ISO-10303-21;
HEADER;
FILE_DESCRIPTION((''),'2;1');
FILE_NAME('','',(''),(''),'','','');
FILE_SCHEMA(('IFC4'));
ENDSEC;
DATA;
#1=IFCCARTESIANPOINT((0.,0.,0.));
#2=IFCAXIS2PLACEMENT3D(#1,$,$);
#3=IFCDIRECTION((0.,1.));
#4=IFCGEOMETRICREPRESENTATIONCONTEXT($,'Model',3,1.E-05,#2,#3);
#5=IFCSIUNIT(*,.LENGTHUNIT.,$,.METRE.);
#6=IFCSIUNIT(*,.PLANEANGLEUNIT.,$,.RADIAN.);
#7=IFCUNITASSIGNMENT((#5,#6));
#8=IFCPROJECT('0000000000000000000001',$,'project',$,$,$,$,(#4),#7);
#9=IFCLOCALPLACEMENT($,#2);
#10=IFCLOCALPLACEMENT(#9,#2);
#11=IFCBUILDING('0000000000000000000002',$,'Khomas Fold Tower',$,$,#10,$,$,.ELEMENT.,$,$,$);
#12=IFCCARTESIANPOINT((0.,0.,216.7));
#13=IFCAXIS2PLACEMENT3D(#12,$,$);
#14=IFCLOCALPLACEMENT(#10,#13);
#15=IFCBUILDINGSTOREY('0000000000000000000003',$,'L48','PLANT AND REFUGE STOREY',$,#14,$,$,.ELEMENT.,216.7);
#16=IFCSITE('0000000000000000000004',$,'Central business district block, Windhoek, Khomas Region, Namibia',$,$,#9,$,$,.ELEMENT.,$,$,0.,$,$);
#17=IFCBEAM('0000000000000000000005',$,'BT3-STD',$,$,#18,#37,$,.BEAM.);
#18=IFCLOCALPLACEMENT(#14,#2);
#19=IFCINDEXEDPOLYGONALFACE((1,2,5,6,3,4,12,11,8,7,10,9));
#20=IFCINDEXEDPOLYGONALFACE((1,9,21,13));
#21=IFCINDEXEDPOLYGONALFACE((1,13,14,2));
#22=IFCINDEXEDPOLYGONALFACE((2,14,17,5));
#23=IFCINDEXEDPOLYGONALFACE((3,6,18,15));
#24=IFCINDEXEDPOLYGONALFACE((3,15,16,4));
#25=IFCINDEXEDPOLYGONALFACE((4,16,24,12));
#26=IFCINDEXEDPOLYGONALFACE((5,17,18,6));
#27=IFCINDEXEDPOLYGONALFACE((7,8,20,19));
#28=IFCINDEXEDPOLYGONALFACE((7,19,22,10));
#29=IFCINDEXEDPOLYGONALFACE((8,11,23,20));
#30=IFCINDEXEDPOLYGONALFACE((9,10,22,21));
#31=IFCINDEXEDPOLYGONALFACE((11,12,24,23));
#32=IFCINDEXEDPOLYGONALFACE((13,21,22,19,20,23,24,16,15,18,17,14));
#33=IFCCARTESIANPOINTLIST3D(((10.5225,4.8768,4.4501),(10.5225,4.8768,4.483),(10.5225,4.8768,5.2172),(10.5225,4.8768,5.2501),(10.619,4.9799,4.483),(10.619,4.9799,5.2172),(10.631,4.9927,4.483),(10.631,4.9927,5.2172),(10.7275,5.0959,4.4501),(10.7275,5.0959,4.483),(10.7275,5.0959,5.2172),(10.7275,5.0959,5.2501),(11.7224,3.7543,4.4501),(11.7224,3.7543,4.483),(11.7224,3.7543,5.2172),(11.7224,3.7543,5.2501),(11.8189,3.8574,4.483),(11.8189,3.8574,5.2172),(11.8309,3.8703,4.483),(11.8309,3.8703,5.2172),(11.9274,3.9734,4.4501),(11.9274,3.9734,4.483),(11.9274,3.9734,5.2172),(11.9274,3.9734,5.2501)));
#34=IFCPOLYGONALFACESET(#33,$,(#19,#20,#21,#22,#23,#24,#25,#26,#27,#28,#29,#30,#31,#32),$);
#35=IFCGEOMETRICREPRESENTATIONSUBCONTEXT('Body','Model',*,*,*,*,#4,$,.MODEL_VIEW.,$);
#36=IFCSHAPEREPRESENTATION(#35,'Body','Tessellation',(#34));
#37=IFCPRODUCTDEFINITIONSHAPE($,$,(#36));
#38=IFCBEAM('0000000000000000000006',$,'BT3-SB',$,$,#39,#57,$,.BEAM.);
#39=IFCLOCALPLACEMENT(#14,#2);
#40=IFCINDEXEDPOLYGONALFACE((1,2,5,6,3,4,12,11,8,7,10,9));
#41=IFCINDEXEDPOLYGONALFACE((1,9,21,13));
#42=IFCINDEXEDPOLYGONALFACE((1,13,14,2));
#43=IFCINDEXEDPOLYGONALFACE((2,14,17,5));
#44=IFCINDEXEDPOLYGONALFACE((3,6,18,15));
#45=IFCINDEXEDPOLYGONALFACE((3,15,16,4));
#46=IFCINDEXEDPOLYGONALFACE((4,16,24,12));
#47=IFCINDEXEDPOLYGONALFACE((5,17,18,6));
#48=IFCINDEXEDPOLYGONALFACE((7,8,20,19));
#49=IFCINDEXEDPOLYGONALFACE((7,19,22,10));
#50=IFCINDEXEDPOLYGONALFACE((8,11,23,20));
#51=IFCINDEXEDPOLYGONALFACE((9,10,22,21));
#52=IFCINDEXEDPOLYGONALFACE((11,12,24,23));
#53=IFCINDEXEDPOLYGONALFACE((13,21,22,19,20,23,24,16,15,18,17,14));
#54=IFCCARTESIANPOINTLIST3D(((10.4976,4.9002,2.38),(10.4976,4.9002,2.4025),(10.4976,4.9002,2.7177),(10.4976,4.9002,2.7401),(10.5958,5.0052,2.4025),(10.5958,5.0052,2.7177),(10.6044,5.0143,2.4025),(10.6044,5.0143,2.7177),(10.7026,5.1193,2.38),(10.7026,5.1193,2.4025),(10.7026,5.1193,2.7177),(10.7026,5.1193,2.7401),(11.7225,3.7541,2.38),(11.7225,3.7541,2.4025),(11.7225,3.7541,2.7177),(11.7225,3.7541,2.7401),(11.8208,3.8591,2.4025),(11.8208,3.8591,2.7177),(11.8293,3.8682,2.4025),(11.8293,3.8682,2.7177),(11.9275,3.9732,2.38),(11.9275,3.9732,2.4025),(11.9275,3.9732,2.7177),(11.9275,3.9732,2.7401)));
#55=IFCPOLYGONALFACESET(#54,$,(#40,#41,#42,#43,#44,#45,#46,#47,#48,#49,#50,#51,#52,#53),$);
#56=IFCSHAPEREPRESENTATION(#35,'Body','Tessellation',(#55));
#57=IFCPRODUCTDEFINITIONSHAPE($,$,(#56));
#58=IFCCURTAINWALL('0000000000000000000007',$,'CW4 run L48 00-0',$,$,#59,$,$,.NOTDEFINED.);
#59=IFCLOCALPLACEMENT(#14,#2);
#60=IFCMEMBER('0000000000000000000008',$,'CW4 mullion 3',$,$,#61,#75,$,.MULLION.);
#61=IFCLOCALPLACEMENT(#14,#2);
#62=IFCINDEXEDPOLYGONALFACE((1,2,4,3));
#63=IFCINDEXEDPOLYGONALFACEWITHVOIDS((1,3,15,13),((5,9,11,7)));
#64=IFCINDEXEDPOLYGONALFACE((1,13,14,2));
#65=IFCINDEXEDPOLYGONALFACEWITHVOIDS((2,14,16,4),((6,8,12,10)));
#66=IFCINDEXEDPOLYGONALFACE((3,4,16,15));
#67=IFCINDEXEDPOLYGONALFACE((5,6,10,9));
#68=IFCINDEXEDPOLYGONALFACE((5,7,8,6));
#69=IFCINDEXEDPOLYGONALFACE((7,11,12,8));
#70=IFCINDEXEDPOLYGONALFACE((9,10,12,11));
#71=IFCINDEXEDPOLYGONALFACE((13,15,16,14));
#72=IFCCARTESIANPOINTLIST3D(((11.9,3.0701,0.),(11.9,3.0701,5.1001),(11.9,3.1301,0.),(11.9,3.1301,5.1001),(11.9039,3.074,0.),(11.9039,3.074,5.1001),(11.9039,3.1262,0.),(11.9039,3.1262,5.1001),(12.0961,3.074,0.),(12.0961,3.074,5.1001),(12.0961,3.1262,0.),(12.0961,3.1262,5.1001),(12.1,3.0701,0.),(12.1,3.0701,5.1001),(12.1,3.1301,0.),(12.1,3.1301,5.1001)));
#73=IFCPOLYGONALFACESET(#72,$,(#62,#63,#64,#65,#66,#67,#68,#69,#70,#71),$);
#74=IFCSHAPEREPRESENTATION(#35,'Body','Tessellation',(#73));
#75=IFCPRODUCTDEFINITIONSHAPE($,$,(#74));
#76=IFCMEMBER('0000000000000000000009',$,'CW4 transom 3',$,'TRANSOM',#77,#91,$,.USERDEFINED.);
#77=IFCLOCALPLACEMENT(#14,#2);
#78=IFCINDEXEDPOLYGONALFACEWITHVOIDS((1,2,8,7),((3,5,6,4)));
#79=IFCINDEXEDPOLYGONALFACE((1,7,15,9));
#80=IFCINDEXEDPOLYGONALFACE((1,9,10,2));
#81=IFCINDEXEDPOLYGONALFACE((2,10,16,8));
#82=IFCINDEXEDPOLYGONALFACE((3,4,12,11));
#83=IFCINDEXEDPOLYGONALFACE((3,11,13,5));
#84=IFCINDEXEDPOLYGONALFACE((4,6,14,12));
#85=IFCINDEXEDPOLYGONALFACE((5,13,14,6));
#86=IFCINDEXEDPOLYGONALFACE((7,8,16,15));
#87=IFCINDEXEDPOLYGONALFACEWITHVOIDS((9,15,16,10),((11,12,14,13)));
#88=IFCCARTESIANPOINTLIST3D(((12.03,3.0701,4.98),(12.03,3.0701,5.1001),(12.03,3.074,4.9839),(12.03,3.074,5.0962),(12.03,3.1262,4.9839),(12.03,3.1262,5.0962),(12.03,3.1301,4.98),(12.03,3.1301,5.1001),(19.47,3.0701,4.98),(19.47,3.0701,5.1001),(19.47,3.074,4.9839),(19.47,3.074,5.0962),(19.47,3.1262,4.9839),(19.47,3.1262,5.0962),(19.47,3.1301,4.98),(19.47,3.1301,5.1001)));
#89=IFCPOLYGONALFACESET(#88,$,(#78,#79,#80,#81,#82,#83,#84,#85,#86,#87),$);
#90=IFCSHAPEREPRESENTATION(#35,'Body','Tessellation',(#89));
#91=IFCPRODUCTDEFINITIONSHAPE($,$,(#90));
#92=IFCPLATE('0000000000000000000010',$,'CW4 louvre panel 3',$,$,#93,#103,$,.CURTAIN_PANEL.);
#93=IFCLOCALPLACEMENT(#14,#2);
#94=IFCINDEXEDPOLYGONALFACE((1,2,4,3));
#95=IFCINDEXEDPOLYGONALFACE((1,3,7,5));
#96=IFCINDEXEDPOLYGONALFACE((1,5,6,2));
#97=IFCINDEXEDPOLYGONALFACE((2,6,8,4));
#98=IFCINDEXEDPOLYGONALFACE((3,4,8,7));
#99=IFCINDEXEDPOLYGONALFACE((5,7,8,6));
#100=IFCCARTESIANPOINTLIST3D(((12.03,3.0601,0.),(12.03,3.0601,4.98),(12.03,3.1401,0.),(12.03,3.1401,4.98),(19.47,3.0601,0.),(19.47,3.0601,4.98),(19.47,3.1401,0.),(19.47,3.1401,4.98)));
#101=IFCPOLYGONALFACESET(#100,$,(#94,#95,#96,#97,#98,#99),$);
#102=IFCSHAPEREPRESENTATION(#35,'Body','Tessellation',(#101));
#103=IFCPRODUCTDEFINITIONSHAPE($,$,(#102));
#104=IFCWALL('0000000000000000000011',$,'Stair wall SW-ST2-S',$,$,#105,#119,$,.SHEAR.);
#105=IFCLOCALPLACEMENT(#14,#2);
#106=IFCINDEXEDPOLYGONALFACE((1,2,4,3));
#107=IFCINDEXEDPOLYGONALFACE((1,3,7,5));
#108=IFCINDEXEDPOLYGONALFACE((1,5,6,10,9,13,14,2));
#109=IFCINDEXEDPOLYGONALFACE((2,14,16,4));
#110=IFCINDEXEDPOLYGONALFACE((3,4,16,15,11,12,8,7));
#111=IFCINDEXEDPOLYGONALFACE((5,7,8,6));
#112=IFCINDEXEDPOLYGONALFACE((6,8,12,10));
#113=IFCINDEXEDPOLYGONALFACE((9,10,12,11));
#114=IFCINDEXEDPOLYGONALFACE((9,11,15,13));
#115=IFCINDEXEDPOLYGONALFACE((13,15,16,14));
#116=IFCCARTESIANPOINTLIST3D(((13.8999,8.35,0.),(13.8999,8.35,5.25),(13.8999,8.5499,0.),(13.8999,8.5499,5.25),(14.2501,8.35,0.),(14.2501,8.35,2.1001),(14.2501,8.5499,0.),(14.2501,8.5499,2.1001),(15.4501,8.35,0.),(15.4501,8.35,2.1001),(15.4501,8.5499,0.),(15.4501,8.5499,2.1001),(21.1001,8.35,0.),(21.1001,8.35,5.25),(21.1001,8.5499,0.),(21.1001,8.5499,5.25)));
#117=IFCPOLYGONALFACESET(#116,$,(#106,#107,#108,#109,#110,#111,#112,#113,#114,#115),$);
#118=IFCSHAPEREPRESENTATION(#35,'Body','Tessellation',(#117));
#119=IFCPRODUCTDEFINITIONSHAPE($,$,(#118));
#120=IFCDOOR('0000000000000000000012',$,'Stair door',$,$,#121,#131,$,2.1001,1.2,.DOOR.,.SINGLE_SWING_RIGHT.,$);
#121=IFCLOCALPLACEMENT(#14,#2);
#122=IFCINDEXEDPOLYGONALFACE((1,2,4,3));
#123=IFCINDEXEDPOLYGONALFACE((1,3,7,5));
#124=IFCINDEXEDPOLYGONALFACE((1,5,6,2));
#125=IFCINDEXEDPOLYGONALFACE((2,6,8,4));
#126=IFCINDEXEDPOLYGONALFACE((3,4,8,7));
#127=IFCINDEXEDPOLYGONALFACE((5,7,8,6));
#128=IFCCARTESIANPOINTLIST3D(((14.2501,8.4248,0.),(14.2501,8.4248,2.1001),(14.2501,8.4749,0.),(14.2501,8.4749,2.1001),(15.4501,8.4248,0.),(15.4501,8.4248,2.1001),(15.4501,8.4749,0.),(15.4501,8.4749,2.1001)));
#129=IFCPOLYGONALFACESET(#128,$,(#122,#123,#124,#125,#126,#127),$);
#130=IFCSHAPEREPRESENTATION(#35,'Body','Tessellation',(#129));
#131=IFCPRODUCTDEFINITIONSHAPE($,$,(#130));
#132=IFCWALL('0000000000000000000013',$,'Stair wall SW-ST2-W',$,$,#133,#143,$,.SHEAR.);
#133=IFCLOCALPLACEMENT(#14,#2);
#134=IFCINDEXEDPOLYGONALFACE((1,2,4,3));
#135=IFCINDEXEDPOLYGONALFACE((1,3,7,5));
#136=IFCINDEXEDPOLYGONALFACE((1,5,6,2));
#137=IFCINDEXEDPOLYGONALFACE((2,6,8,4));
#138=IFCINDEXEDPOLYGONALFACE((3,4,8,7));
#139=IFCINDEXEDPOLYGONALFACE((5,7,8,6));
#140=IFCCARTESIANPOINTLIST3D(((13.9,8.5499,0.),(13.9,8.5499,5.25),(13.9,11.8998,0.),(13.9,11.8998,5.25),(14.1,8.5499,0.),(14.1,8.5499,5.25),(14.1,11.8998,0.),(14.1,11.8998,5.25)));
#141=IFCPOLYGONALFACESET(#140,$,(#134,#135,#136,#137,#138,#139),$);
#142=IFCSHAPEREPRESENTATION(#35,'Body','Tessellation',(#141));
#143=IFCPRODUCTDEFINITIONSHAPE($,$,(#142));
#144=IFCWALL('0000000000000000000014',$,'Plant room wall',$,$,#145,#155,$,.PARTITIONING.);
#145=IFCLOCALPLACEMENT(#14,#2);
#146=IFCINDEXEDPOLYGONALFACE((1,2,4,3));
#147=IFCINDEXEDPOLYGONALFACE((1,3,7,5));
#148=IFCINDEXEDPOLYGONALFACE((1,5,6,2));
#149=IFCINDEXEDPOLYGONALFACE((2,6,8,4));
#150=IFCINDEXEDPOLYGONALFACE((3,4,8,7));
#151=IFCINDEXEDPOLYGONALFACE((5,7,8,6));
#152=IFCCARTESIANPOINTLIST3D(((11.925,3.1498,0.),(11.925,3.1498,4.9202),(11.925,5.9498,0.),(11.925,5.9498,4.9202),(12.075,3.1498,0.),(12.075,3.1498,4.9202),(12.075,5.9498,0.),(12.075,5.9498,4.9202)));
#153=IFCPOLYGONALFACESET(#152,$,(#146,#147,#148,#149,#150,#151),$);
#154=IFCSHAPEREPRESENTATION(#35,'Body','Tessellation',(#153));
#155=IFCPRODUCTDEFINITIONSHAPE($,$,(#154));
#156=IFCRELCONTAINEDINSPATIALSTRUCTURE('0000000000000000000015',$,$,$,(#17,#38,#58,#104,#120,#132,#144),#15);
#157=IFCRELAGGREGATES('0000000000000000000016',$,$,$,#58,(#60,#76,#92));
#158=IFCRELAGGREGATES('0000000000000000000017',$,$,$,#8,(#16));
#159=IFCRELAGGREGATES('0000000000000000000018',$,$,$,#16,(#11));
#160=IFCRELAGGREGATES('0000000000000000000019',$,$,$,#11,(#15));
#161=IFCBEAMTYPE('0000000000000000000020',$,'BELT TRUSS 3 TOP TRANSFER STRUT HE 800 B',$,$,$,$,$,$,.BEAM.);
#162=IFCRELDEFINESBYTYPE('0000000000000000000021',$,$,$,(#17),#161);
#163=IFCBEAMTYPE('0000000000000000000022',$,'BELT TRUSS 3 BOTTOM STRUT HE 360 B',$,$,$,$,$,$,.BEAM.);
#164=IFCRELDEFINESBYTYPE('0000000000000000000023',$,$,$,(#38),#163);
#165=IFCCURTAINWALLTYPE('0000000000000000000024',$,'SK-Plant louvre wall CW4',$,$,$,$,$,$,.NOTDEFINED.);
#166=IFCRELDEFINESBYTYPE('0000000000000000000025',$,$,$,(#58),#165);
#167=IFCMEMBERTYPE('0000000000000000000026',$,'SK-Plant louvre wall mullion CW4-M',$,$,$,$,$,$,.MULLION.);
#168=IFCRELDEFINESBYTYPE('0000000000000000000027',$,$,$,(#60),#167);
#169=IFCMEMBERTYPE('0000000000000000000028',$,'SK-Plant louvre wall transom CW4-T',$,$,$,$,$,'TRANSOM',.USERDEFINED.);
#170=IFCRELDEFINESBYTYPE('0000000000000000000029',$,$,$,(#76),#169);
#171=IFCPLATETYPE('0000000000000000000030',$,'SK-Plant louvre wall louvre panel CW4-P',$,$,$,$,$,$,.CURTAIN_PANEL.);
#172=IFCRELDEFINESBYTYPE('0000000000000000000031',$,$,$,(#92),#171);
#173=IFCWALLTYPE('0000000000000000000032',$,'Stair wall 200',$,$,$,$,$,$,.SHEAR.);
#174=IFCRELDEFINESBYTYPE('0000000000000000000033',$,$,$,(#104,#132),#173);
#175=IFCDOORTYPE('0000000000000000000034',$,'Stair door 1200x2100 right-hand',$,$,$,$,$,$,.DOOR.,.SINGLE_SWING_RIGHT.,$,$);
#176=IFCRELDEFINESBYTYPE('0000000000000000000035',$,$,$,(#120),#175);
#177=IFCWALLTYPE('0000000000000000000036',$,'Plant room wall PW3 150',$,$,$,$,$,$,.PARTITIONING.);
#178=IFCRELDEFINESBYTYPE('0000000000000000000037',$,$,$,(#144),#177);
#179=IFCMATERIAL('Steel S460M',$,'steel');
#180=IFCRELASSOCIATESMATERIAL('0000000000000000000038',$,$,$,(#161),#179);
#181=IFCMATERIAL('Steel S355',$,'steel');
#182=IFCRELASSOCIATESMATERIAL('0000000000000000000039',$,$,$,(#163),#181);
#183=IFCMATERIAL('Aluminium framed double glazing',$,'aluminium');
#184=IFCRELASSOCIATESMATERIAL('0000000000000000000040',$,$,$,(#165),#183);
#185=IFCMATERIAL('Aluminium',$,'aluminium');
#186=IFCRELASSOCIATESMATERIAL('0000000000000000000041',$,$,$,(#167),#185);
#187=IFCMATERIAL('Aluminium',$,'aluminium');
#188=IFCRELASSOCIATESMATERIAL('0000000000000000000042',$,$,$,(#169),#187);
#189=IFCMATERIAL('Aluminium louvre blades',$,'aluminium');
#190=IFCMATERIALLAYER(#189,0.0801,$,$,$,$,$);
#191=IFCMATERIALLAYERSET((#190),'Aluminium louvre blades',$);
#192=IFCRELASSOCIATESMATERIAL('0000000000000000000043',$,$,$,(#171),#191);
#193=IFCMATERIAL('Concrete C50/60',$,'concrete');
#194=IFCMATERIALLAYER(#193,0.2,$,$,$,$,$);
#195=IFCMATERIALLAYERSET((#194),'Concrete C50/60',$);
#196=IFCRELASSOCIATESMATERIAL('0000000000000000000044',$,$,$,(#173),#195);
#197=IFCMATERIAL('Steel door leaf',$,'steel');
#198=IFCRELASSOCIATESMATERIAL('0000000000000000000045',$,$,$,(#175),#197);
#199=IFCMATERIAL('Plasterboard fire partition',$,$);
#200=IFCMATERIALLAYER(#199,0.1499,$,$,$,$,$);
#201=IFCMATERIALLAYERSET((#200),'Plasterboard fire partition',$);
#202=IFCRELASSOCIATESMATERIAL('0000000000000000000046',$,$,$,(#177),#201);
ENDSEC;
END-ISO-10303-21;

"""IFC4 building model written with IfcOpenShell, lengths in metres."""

from ifc_helpers import new_model, si_unit, direction, frame, frame_2d, origin, origin_2d, place, context, subcontext, project, spatial, rectangle, hollow_rectangle, i_section, extrude, source, transform, mapped, material, layer, layer_set, material_profile, profile_set, type_object, element, fill, aggregate, save


model = new_model("IFC4")

# Units and contexts
model_context = context("Model", 3, precision=1e-05, world=origin(), true_north=direction((0.0, 1.0)))
body_context = subcontext(model_context, "Body", "Model", "MODEL_VIEW")
ifc_project = project(units=[si_unit("LENGTHUNIT", "METRE"), si_unit("PLANEANGLEUNIT", "RADIAN")], contexts=[model_context])

# Site, building, storey
site_placement = place(None, origin())
site = spatial("IfcSite", under=ifc_project, at=site_placement, Name="Central business district block, Windhoek, Khomas Region, Namibia", CompositionType="ELEMENT", RefElevation=0.0)
building_placement = place(site_placement, origin())
building = spatial("IfcBuilding", under=site, at=building_placement, Name="Khomas Fold Tower", CompositionType="ELEMENT")
storey_placement = place(building_placement, frame((0.0, 0.0, 216.7)))
storey = spatial("IfcBuildingStorey", under=building, at=storey_placement, Name="L48", Description="PLANT AND REFUGE STOREY", CompositionType="ELEMENT", Elevation=216.7)

# Beams
ifc_material_1 = material(Name="Steel S460M", Category="steel")
ifc_material_profile_1 = material_profile(ifc_material_1, i_section(OverallWidth=0.3, OverallDepth=0.8, WebThickness=0.0176, FlangeThickness=0.033, at=origin_2d()), Name="HE 800 B")
ifc_profile_set_1 = profile_set([ifc_material_profile_1], Name="Steel S460M")
beam_type_1 = type_object("IfcBeamType", Name="BELT TRUSS 3 TOP TRANSFER STRUT HE 800 B", PredefinedType="BEAM", material=ifc_profile_set_1)
shared_shape_1 = source(origin(), body_context, "Body", "SweptSolid", [
    extrude(i_section(OverallWidth=0.3, OverallDepth=0.8, WebThickness=0.0176, FlangeThickness=0.033, at=origin_2d()), origin(), (0.0, 0.0, 1.0), 1.6431),
])
beam_1_placement = place(storey_placement, frame((10.625, 4.9863, 4.8501), z_axis=(0.730264, -0.683165, 0.0), x_axis=(0.683165, 0.730264, 0.0)))
element("IfcBeam", 1, at=beam_1_placement, inside=storey, type_object=beam_type_1, Name="BT3-STD", PredefinedType="BEAM", context=body_context, shape_type="MappedRepresentation", body=[
    mapped(shared_shape_1, transform((0.0, 0.0, 0.0))),
])
ifc_material_2 = material(Name="Steel S355", Category="steel")
ifc_material_profile_2 = material_profile(ifc_material_2, i_section(OverallWidth=0.3, OverallDepth=0.3601, WebThickness=0.0125, FlangeThickness=0.0225, at=origin_2d()), Name="HE 360 B")
ifc_profile_set_2 = profile_set([ifc_material_profile_2], Name="Steel S355")
beam_type_2 = type_object("IfcBeamType", Name="BELT TRUSS 3 BOTTOM STRUT HE 360 B", PredefinedType="BEAM", material=ifc_profile_set_2)
shared_shape_2 = source(origin(), body_context, "Body", "SweptSolid", [
    extrude(i_section(OverallWidth=0.3, OverallDepth=0.3601, WebThickness=0.0125, FlangeThickness=0.0225, at=origin_2d()), origin(), (0.0, 0.0, 1.0), 1.6775),
])
beam_2_placement = place(storey_placement, frame((10.6001, 5.0098, 2.5601), z_axis=(0.730222, -0.68321, 0.0), x_axis=(0.68321, 0.730222, 0.0)))
element("IfcBeam", 2, at=beam_2_placement, inside=storey, type_object=beam_type_2, Name="BT3-SB", PredefinedType="BEAM", context=body_context, shape_type="MappedRepresentation", body=[
    mapped(shared_shape_2, transform((0.0, 0.0, 0.0))),
])

# Curtain wall, members, plate
ifc_material_3 = material(Name="Aluminium framed double glazing", Category="aluminium")
curtain_wall_type = type_object("IfcCurtainWallType", Name="SK-Plant louvre wall CW4", PredefinedType="NOTDEFINED", material=ifc_material_3)
curtain_wall_placement = place(storey_placement, origin())
curtain_wall = element("IfcCurtainWall", 3, at=curtain_wall_placement, inside=storey, type_object=curtain_wall_type, Name="CW4 run L48 00-0", PredefinedType="NOTDEFINED")
ifc_material_4 = material(Name="Aluminium", Category="aluminium")
ifc_material_profile_3 = material_profile(ifc_material_4, hollow_rectangle(XDim=0.0601, YDim=0.2, WallThickness=0.0039, at=origin_2d()), Name="SK-Plant louvre wall mullion CW4-M")
ifc_profile_set_3 = profile_set([ifc_material_profile_3], Name="Aluminium")
member_type_1 = type_object("IfcMemberType", Name="SK-Plant louvre wall mullion CW4-M", PredefinedType="MULLION", material=ifc_profile_set_3)
shared_shape_3 = source(origin(), body_context, "Body", "SweptSolid", [
    extrude(hollow_rectangle(XDim=0.0601, YDim=0.2, WallThickness=0.0039, at=origin_2d()), origin(), (0.0, 0.0, 1.0), 5.1001),
])
member_1_placement = place(storey_placement, frame((12.0, 3.1001, 0.0), z_axis=(0.0, 0.0, 1.0), x_axis=(0.0, 1.0, 0.0)))
member_1 = element("IfcMember", 4, at=member_1_placement, type_object=member_type_1, Name="CW4 mullion 3", PredefinedType="MULLION", context=body_context, shape_type="MappedRepresentation", body=[
    mapped(shared_shape_3, transform((0.0, 0.0, 0.0))),
])
ifc_material_5 = material(Name="Aluminium", Category="aluminium")
ifc_material_profile_4 = material_profile(ifc_material_5, hollow_rectangle(XDim=0.0601, YDim=0.1201, WallThickness=0.0039, at=origin_2d()), Name="SK-Plant louvre wall transom CW4-T")
ifc_profile_set_4 = profile_set([ifc_material_profile_4], Name="Aluminium")
member_type_2 = type_object("IfcMemberType", Name="SK-Plant louvre wall transom CW4-T", ElementType="TRANSOM", PredefinedType="USERDEFINED", material=ifc_profile_set_4)
shared_shape_4 = source(origin(), body_context, "Body", "SweptSolid", [
    extrude(hollow_rectangle(XDim=0.0601, YDim=0.1201, WallThickness=0.0039, at=origin_2d()), origin(), (0.0, 0.0, 1.0), 7.4399),
])
member_2_placement = place(storey_placement, frame((12.03, 3.1001, 5.04), z_axis=(1.0, 0.0, 0.0), x_axis=(0.0, 1.0, 0.0)))
member_2 = element("IfcMember", 5, at=member_2_placement, type_object=member_type_2, Name="CW4 transom 3", ObjectType="TRANSOM", PredefinedType="USERDEFINED", context=body_context, shape_type="MappedRepresentation", body=[
    mapped(shared_shape_4, transform((0.0, 0.0, 0.0))),
])
ifc_material_6 = material(Name="Aluminium louvre blades", Category="aluminium")
ifc_layer_1 = layer(ifc_material_6, 0.0801)
ifc_layer_set_1 = layer_set([ifc_layer_1], Name="Aluminium louvre blades")
plate_type = type_object("IfcPlateType", Name="SK-Plant louvre wall louvre panel CW4-P", PredefinedType="CURTAIN_PANEL", material=ifc_layer_set_1)
shared_shape_5 = source(origin(), body_context, "Body", "SweptSolid", [
    extrude(rectangle(XDim=7.4399, YDim=0.0801, at=origin_2d()), origin(), (0.0, 0.0, 1.0), 4.98),
])
plate_placement = place(storey_placement, frame((15.75, 3.1001, 0.0), z_axis=(0.0, 0.0, 1.0), x_axis=(1.0, 0.0, 0.0)))
plate = element("IfcPlate", 6, at=plate_placement, type_object=plate_type, Name="CW4 louvre panel 3", PredefinedType="CURTAIN_PANEL", context=body_context, shape_type="MappedRepresentation", body=[
    mapped(shared_shape_5, transform((0.0, 0.0, 0.0))),
])
aggregate(curtain_wall, [member_1, member_2, plate])

# Wall, opening, door
ifc_material_7 = material(Name="Concrete C50/60", Category="concrete")
ifc_layer_2 = layer(ifc_material_7, 0.2)
ifc_layer_set_2 = layer_set([ifc_layer_2], Name="Concrete C50/60")
wall_type_1 = type_object("IfcWallType", Name="Stair wall 200", PredefinedType="SHEAR", material=ifc_layer_set_2)
shared_shape_6 = source(origin(), body_context, "Body", "SweptSolid", [
    extrude(rectangle(XDim=7.2002, YDim=0.2, at=frame_2d((3.6001, 0.0))), origin(), (0.0, 0.0, 1.0), 5.25),
])
wall_1_placement = place(storey_placement, frame((13.8999, 8.45, 0.0), z_axis=(0.0, 0.0, 1.0), x_axis=(1.0, 0.0, 0.0)))
wall_1 = element("IfcWall", 7, at=wall_1_placement, inside=storey, type_object=wall_type_1, Name="Stair wall SW-ST2-S", PredefinedType="SHEAR", context=body_context, shape_type="MappedRepresentation", body=[
    mapped(shared_shape_6, transform((0.0, 0.0, 0.0))),
])
shared_shape_7 = source(origin(), body_context, "Body", "SweptSolid", [
    extrude(rectangle(XDim=1.2, YDim=2.1001, at=frame_2d((0.6001, 1.05))), frame((0.0, 0.1099, 0.0), z_axis=(0.0, -1.0, 0.0), x_axis=(1.0, 0.0, 0.0)), (0.0, 0.0, 1.0), 0.22),
])
opening_1_placement = place(wall_1_placement, frame((0.3501, 0.0, 0.0)))
opening_1 = element("IfcOpeningElement", 8, at=opening_1_placement, cuts=wall_1, PredefinedType="OPENING", context=body_context, shape_type="MappedRepresentation", body=[
    mapped(shared_shape_7, transform((0.0, 0.0, 0.0))),
])
ifc_material_8 = material(Name="Steel door leaf", Category="steel")
door_type_1 = type_object("IfcDoorType", Name="Stair door 1200x2100 right-hand", OperationType="SINGLE_SWING_RIGHT", PredefinedType="DOOR", material=ifc_material_8)
shared_shape_8 = source(origin(), body_context, "Body", "SweptSolid", [
    extrude(rectangle(XDim=1.2, YDim=2.1001, at=frame_2d((0.6001, 1.05))), frame((0.0, 0.0249, 0.0), z_axis=(0.0, -1.0, 0.0), x_axis=(1.0, 0.0, 0.0)), (0.0, 0.0, 1.0), 0.05),
])
door_1_placement = place(opening_1_placement, origin())
door_1 = element("IfcDoor", 9, at=door_1_placement, inside=storey, type_object=door_type_1, Name="Stair door", OperationType="SINGLE_SWING_RIGHT", OverallHeight=2.1001, OverallWidth=1.2, PredefinedType="DOOR", context=body_context, shape_type="MappedRepresentation", body=[
    mapped(shared_shape_8, transform((0.0, 0.0, 0.0))),
])
fill(opening_1, door_1)

# Walls
shared_shape_9 = source(origin(), body_context, "Body", "SweptSolid", [
    extrude(rectangle(XDim=3.3499, YDim=0.2, at=frame_2d((1.6748, 0.0))), origin(), (0.0, 0.0, 1.0), 5.25),
])
wall_2_placement = place(storey_placement, frame((14.0, 8.55, 0.0), z_axis=(0.0, 0.0, 1.0), x_axis=(0.0, 1.0, 0.0)))
element("IfcWall", 10, at=wall_2_placement, inside=storey, type_object=wall_type_1, Name="Stair wall SW-ST2-W", PredefinedType="SHEAR", context=body_context, shape_type="MappedRepresentation", body=[
    mapped(shared_shape_9, transform((0.0, 0.0, 0.0))),
])
ifc_material_9 = material(Name="Plasterboard fire partition")
ifc_layer_3 = layer(ifc_material_9, 0.1499)
ifc_layer_set_3 = layer_set([ifc_layer_3], Name="Plasterboard fire partition")
wall_type_2 = type_object("IfcWallType", Name="Plant room wall PW3 150", PredefinedType="PARTITIONING", material=ifc_layer_set_3)
shared_shape_10 = source(origin(), body_context, "Body", "SweptSolid", [
    extrude(rectangle(XDim=2.8, YDim=0.1499, at=frame_2d((1.3999, 0.0))), origin(), (0.0, 0.0, 1.0), 4.9202),
])
wall_3_placement = place(storey_placement, frame((12.0, 3.1499, 0.0), z_axis=(0.0, 0.0, 1.0), x_axis=(0.0, 1.0, 0.0)))
element("IfcWall", 11, at=wall_3_placement, inside=storey, type_object=wall_type_2, Name="Plant room wall", PredefinedType="PARTITIONING", context=body_context, shape_type="MappedRepresentation", body=[
    mapped(shared_shape_10, transform((0.0, 0.0, 0.0))),
])

save(model, "model.ifc")
